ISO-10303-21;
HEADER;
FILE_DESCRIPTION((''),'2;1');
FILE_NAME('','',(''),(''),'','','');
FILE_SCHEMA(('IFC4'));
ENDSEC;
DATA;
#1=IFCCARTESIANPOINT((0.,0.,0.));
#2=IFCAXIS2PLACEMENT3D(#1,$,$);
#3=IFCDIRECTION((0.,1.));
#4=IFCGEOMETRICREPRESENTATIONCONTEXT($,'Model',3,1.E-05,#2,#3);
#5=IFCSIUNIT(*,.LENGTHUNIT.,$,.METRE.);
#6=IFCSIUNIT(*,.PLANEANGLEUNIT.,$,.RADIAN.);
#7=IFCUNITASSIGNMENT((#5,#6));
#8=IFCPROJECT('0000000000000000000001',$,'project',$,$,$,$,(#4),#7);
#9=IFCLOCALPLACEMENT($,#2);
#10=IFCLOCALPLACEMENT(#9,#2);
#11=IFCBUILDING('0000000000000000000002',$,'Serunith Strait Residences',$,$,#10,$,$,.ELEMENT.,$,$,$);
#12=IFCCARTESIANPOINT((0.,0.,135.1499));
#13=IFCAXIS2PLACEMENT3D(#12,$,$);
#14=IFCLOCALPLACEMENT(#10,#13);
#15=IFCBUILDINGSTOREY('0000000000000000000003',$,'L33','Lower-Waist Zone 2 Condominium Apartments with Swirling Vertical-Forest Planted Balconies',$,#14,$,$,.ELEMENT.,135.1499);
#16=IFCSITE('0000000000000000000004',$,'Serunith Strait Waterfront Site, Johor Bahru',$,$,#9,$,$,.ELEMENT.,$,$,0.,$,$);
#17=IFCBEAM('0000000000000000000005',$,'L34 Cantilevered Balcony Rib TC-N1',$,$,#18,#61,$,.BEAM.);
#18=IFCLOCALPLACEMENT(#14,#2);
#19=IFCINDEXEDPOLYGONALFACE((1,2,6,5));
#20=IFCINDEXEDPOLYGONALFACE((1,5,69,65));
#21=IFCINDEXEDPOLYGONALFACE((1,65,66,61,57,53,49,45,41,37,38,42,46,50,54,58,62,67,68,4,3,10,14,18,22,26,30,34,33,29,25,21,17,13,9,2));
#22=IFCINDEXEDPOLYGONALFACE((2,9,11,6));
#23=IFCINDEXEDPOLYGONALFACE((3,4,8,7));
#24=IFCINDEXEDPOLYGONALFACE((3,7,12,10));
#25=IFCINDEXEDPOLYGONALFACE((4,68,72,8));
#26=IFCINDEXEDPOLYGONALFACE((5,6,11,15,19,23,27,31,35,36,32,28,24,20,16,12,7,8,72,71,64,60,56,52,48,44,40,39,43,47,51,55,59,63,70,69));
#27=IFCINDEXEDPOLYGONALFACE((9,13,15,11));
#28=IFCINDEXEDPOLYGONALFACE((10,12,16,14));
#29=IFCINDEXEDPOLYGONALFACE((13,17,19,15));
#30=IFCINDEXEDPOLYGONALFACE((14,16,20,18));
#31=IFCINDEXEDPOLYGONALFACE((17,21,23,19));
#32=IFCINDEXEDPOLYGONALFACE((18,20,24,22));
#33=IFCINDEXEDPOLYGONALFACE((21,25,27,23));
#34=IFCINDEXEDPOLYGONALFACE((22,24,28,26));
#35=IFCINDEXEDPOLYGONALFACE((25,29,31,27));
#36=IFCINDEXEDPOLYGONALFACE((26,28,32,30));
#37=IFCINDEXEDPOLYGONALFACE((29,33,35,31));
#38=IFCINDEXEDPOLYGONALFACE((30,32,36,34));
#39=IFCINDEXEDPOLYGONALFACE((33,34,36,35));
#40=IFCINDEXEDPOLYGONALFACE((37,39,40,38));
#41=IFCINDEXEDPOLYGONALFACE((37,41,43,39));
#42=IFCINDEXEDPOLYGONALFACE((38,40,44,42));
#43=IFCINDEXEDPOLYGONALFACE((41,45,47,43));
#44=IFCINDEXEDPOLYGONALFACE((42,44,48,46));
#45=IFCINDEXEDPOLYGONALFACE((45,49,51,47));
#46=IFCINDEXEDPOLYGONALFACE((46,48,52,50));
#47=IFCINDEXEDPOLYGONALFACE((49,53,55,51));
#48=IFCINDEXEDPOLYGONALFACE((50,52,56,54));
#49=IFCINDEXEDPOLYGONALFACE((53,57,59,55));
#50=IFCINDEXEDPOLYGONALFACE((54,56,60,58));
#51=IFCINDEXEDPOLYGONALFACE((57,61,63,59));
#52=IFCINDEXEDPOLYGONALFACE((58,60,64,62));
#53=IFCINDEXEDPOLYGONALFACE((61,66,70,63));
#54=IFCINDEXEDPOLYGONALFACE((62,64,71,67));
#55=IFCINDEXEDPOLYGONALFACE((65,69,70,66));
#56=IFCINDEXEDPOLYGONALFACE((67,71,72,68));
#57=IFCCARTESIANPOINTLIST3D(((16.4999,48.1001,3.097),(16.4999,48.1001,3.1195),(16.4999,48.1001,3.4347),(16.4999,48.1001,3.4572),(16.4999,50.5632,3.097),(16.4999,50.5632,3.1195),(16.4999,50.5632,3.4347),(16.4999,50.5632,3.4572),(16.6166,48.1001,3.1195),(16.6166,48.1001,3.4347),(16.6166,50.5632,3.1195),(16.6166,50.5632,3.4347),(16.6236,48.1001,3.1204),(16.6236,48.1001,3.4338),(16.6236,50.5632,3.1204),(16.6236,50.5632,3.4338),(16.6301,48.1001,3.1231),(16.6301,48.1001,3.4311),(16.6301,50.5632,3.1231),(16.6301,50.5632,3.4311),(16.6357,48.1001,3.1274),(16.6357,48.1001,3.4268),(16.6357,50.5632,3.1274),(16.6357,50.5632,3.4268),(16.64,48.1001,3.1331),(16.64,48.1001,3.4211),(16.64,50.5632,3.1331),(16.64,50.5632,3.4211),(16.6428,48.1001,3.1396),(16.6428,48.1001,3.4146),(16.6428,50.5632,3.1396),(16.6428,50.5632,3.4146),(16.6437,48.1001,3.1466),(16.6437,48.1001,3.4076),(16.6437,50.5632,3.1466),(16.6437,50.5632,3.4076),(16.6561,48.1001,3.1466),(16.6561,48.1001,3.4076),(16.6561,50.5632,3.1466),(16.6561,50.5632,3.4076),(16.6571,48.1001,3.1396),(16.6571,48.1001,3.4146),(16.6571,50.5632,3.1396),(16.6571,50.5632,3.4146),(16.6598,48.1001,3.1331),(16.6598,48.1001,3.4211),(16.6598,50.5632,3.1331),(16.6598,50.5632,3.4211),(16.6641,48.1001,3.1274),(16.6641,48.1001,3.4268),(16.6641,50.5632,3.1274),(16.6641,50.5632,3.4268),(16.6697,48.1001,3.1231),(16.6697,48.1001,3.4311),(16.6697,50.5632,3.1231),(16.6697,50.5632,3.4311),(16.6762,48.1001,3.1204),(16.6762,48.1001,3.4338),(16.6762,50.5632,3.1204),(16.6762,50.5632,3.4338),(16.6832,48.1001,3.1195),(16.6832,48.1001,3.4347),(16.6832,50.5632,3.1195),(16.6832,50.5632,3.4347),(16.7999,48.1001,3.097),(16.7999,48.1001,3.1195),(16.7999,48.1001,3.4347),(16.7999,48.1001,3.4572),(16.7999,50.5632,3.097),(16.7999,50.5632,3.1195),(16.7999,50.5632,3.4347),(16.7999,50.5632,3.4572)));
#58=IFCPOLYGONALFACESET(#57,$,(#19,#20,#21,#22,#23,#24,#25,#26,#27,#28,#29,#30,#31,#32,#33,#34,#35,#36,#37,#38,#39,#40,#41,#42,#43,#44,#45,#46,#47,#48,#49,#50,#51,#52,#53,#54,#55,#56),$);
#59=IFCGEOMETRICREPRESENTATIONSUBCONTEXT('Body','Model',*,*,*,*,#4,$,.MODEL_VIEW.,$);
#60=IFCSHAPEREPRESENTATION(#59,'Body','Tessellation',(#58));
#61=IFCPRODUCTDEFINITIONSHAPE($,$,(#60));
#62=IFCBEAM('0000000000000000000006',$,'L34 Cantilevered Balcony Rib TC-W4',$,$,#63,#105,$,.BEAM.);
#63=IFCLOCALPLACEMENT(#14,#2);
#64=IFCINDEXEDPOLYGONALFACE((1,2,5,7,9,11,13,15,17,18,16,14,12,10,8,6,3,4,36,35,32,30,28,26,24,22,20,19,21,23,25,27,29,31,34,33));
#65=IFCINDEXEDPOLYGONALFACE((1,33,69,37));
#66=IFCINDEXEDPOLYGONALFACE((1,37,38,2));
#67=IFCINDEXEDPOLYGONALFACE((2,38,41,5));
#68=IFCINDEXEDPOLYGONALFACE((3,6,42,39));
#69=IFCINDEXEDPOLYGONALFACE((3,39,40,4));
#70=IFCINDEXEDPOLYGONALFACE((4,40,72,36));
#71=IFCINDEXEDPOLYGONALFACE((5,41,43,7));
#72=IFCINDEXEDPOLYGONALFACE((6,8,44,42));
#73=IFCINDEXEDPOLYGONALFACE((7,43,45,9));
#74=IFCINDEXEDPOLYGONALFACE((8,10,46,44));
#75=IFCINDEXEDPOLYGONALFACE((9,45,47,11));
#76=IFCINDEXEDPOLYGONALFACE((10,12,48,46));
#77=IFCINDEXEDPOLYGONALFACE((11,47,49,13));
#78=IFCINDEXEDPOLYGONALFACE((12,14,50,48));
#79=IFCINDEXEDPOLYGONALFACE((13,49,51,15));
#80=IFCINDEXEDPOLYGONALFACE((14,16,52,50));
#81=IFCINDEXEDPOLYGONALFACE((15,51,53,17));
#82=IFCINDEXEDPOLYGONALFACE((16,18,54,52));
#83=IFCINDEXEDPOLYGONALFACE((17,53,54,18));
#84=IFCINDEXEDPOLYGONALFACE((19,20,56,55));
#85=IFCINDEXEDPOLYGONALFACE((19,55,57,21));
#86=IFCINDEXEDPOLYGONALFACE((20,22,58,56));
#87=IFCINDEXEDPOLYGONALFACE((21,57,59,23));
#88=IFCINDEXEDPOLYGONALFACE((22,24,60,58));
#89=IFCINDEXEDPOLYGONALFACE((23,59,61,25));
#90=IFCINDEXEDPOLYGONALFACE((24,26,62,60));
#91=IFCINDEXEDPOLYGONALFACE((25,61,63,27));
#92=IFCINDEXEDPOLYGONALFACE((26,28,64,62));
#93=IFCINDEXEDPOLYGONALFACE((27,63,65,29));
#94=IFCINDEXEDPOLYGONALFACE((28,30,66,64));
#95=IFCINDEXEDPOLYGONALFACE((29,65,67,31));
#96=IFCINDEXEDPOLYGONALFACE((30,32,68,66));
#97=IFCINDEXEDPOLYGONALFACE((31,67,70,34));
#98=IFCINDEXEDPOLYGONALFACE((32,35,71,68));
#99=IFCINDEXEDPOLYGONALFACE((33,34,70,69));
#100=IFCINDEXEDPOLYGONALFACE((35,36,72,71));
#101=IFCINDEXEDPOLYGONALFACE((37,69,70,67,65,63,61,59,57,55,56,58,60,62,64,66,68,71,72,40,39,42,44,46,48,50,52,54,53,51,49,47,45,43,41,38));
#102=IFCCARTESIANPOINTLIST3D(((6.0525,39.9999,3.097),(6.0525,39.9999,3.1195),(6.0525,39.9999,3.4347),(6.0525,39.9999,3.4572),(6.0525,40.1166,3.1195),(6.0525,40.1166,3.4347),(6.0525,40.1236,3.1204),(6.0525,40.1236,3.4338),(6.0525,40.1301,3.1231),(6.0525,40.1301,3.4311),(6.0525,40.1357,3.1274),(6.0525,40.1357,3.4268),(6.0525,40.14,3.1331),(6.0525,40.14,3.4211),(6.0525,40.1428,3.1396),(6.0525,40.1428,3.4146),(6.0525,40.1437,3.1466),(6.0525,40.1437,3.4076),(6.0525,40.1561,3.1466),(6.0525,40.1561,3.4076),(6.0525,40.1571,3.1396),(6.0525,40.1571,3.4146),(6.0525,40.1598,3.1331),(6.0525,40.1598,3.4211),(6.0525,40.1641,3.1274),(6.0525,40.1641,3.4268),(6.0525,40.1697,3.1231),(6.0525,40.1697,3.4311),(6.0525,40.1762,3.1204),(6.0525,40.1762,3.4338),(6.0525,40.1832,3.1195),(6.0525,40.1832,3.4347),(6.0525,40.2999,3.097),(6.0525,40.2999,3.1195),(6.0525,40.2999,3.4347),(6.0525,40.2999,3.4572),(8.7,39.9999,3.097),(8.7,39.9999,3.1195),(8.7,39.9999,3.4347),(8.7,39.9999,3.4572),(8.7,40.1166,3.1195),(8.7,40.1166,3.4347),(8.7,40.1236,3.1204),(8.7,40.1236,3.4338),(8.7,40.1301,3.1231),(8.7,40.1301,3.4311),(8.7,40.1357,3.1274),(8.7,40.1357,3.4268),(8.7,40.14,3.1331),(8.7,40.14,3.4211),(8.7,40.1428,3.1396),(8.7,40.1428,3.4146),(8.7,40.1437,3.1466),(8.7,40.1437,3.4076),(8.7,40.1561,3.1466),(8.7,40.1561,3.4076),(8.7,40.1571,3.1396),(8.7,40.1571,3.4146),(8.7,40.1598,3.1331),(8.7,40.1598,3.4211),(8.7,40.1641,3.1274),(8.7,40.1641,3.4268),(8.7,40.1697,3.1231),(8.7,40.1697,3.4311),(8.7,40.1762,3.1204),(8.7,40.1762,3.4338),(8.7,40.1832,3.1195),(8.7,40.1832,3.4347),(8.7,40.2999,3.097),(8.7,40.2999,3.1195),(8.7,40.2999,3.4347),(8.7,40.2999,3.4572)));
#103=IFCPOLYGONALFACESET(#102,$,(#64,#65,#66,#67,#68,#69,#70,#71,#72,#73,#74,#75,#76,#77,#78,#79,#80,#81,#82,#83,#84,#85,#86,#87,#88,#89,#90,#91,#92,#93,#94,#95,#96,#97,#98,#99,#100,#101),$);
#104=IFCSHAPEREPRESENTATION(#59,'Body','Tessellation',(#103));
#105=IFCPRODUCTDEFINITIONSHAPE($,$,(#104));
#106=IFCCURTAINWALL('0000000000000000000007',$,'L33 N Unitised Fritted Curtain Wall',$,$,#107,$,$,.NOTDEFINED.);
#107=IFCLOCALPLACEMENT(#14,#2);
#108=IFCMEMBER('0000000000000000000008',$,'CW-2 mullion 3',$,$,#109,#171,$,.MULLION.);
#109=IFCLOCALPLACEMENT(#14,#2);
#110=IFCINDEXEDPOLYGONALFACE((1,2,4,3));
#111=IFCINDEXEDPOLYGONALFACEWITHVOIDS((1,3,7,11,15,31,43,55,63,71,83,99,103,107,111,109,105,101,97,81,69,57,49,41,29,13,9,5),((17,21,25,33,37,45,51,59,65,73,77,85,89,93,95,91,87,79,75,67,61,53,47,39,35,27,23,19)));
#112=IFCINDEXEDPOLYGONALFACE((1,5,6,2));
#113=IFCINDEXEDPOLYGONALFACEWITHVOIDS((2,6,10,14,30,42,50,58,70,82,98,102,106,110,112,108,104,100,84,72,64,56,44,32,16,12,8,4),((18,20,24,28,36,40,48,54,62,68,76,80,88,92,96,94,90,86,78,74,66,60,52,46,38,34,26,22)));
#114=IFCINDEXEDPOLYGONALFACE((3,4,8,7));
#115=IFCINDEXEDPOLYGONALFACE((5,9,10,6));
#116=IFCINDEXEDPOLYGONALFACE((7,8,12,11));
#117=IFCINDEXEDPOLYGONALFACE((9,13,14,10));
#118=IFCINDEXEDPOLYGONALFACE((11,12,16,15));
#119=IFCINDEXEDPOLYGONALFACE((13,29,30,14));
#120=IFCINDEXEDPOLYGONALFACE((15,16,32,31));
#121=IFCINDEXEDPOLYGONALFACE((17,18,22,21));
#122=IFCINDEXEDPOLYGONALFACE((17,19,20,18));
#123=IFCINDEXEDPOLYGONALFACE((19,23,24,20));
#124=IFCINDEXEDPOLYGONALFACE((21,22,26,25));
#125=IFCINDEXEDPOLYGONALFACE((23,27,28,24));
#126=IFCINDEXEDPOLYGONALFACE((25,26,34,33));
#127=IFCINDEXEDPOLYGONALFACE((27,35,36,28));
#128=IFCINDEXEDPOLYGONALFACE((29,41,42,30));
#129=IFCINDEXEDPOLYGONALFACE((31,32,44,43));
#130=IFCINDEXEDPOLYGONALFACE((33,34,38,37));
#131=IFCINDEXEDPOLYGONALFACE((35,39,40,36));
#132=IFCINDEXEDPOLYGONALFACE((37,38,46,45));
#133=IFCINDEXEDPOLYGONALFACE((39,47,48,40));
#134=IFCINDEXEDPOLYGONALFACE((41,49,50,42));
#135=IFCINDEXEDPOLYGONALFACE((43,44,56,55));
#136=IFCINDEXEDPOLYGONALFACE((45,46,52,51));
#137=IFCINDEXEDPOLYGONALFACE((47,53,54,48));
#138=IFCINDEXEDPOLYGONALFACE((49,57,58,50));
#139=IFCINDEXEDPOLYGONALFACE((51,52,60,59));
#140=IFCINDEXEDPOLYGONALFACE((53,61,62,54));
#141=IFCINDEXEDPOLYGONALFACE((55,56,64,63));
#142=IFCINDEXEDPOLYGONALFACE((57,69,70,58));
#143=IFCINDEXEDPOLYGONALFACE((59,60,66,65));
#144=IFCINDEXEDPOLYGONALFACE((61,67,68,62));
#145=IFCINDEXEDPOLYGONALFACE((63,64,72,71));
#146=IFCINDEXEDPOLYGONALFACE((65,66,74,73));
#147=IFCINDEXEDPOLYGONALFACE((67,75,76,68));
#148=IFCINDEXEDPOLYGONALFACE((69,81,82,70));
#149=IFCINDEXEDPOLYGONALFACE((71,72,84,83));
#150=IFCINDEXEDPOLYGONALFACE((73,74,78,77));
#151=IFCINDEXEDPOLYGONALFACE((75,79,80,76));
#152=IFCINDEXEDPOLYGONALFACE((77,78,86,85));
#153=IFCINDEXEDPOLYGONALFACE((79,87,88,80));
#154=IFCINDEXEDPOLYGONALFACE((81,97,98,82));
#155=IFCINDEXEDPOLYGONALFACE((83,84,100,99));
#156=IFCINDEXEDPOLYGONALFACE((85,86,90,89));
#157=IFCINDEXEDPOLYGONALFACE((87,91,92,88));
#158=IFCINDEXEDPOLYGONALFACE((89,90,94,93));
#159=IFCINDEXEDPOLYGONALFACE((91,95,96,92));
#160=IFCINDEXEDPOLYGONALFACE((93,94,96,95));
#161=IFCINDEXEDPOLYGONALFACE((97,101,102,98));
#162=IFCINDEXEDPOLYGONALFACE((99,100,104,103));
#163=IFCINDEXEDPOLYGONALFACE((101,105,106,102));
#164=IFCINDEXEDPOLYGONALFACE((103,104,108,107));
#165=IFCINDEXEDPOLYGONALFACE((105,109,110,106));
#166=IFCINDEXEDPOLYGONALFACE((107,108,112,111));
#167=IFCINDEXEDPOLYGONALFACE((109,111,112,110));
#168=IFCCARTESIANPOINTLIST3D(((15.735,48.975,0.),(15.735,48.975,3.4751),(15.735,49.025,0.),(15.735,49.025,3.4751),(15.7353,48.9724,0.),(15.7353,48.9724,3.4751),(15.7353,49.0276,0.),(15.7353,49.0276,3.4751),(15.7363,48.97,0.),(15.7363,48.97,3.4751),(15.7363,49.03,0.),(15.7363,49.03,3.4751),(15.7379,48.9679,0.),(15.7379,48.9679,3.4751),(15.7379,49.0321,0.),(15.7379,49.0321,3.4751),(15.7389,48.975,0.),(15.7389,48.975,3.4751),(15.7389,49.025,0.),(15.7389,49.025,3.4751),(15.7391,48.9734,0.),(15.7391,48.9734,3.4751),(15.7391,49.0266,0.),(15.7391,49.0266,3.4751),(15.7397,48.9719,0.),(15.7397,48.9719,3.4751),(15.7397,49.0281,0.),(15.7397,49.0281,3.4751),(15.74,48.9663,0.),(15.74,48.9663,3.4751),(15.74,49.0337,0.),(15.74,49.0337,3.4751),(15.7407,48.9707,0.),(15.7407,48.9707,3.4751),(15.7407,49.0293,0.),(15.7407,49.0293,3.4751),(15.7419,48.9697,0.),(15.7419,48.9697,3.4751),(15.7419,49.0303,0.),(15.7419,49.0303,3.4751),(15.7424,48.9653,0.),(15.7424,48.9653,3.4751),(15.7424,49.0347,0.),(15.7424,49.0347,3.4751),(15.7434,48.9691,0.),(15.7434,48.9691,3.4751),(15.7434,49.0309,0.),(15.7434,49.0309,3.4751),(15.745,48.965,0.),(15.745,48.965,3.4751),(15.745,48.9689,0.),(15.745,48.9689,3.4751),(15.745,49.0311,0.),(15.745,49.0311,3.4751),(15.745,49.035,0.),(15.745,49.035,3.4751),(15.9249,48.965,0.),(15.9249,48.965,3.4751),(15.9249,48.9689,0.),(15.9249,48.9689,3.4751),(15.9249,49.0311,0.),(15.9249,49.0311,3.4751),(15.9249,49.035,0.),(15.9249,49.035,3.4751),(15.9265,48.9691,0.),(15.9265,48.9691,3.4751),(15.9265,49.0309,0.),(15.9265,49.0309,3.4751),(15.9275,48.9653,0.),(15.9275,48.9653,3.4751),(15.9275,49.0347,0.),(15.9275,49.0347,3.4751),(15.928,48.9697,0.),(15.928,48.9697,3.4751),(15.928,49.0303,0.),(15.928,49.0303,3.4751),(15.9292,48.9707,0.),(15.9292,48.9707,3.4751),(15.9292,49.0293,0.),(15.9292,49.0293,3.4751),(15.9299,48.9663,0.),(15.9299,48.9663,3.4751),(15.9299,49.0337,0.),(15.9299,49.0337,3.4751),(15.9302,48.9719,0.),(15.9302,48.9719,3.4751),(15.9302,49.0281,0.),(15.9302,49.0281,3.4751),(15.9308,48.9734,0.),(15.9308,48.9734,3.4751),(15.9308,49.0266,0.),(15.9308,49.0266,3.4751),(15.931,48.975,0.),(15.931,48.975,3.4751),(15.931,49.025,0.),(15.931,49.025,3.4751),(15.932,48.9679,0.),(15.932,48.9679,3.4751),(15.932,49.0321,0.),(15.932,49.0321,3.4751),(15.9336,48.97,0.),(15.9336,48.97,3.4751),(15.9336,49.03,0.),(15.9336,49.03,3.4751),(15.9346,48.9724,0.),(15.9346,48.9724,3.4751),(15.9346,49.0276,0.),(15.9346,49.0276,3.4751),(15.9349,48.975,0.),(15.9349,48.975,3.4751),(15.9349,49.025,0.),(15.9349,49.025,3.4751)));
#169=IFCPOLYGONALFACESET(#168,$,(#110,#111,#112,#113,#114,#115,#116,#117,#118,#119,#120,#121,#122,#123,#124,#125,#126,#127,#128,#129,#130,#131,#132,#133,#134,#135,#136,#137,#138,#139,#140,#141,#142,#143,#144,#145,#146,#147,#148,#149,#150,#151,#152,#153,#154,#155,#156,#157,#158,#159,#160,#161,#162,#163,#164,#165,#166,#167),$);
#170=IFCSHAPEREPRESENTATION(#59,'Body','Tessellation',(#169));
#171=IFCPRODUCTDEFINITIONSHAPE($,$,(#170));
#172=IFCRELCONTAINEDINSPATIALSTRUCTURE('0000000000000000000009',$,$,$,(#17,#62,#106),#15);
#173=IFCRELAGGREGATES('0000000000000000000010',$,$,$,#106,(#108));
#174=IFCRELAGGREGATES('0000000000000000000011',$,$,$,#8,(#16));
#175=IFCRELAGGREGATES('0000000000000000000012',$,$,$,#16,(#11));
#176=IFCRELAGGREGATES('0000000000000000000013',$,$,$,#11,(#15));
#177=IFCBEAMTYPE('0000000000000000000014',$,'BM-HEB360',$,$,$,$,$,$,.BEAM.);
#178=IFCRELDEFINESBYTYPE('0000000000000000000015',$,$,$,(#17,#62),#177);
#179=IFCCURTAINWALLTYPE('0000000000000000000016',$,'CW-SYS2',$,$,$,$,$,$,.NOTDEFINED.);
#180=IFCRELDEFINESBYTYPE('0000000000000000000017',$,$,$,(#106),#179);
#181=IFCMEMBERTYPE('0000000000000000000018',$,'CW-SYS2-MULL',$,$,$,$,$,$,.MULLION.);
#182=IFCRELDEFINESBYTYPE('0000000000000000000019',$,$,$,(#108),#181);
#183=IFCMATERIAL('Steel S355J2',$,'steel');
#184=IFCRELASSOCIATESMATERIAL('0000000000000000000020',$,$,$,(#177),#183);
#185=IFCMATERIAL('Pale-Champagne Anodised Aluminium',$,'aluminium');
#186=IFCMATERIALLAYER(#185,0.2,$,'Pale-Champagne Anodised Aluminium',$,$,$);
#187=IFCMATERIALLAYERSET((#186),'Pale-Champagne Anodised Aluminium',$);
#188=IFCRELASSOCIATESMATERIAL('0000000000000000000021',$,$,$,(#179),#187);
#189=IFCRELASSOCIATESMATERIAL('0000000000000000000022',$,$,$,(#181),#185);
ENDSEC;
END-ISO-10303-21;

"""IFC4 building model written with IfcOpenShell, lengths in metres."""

from ifc_helpers import new_model, si_unit, direction, frame, origin, origin_2d, place, context, subcontext, project, spatial, hollow_rectangle, i_section, extrude, source, transform, mapped, material, layer, layer_set, material_profile, profile_set, type_object, element, aggregate, save


model = new_model("IFC4")

# Units and contexts
model_context = context("Model", 3, precision=1e-05, world=origin(), true_north=direction((0.0, 1.0)))
body_context = subcontext(model_context, "Body", "Model", "MODEL_VIEW")
ifc_project = project(units=[si_unit("LENGTHUNIT", "METRE"), si_unit("PLANEANGLEUNIT", "RADIAN")], contexts=[model_context])

# Site, building, storey
site_placement = place(None, origin())
site = spatial("IfcSite", under=ifc_project, at=site_placement, Name="Serunith Strait Waterfront Site, Johor Bahru", CompositionType="ELEMENT", RefElevation=0.0)
building_placement = place(site_placement, origin())
building = spatial("IfcBuilding", under=site, at=building_placement, Name="Serunith Strait Residences", CompositionType="ELEMENT")
storey_placement = place(building_placement, frame((0.0, 0.0, 135.1499)))
storey = spatial("IfcBuildingStorey", under=building, at=storey_placement, Name="L33", Description="Lower-Waist Zone 2 Condominium Apartments with Swirling Vertical-Forest Planted Balconies", CompositionType="ELEMENT", Elevation=135.1499)

# Beams
ifc_material_1 = material(Name="Steel S355J2", Category="steel")
ifc_material_profile_1 = material_profile(ifc_material_1, i_section(OverallWidth=0.3, OverallDepth=0.3601, WebThickness=0.0125, FlangeThickness=0.0225, FilletRadius=0.0271, at=origin_2d()), Name="HEB 360")
ifc_profile_set_1 = profile_set([ifc_material_profile_1], Name="Steel S355J2")
beam_type_1 = type_object("IfcBeamType", Name="BM-HEB360", PredefinedType="BEAM", material=ifc_profile_set_1)
shared_shape_1 = source(origin(), body_context, "Body", "SweptSolid", [
    extrude(i_section(OverallWidth=0.3, OverallDepth=0.3601, WebThickness=0.0125, FlangeThickness=0.0225, FilletRadius=0.0271, at=origin_2d()), origin(), (0.0, 0.0, 1.0), 2.4631),
])
beam_1_placement = place(storey_placement, frame((16.6499, 48.1001, 3.2771), z_axis=(0.0, 1.0, 0.0), x_axis=(-1.0, 0.0, 0.0)))
element("IfcBeam", 1, at=beam_1_placement, inside=storey, type_object=beam_type_1, Name="L34 Cantilevered Balcony Rib TC-N1", PredefinedType="BEAM", context=body_context, shape_type="MappedRepresentation", body=[
    mapped(shared_shape_1, transform((0.0, 0.0, 0.0), scale=1.0)),
])
shared_shape_2 = source(origin(), body_context, "Body", "SweptSolid", [
    extrude(i_section(OverallWidth=0.3, OverallDepth=0.3601, WebThickness=0.0125, FlangeThickness=0.0225, FilletRadius=0.0271, at=origin_2d()), origin(), (0.0, 0.0, 1.0), 2.6475),
])
beam_2_placement = place(storey_placement, frame((8.7, 40.1499, 3.2771), z_axis=(-1.0, 0.0, 0.0), x_axis=(0.0, -1.0, 0.0)))
element("IfcBeam", 2, at=beam_2_placement, inside=storey, type_object=beam_type_1, Name="L34 Cantilevered Balcony Rib TC-W4", PredefinedType="BEAM", context=body_context, shape_type="MappedRepresentation", body=[
    mapped(shared_shape_2, transform((0.0, 0.0, 0.0), scale=1.0)),
])

# Curtain wall, member
ifc_material_2 = material(Name="Pale-Champagne Anodised Aluminium", Category="aluminium")
ifc_layer_1 = layer(ifc_material_2, 0.2, Name="Pale-Champagne Anodised Aluminium")
ifc_layer_set_1 = layer_set([ifc_layer_1], Name="Pale-Champagne Anodised Aluminium")
curtain_wall_type = type_object("IfcCurtainWallType", Name="CW-SYS2", PredefinedType="NOTDEFINED", material=ifc_layer_set_1)
curtain_wall_1_placement = place(storey_placement, origin())
curtain_wall_1 = element("IfcCurtainWall", 3, at=curtain_wall_1_placement, inside=storey, type_object=curtain_wall_type, Name="L33 N Unitised Fritted Curtain Wall", PredefinedType="NOTDEFINED")
ifc_material_profile_2 = material_profile(ifc_material_2, hollow_rectangle(XDim=0.0701, YDim=0.2, WallThickness=0.0039, InnerFilletRadius=0.0061, OuterFilletRadius=0.01, at=origin_2d()), Name="ALU 200x70x4")
ifc_profile_set_2 = profile_set([ifc_material_profile_2], Name="Pale-Champagne Anodised Aluminium")
member_type_1 = type_object("IfcMemberType", Name="CW-SYS2-MULL", PredefinedType="MULLION", material=ifc_profile_set_2)
shared_shape_3 = source(origin(), body_context, "Body", "SweptSolid", [
    extrude(hollow_rectangle(XDim=0.0701, YDim=0.2, WallThickness=0.0039, InnerFilletRadius=0.0061, OuterFilletRadius=0.01, at=origin_2d()), origin(), (0.0, 0.0, 1.0), 3.4751),
])
member_1_placement = place(storey_placement, frame((15.835, 49.0, 0.0), z_axis=(0.0, 0.0, 1.0), x_axis=(0.0, -1.0, 0.0)))
member_1 = element("IfcMember", 4, at=member_1_placement, type_object=member_type_1, Name="CW-2 mullion 3", PredefinedType="MULLION", context=body_context, shape_type="MappedRepresentation", body=[
    mapped(shared_shape_3, transform((0.0, 0.0, 0.0), scale=1.0)),
])

aggregate(curtain_wall_1, [member_1])

save(model, "model.ifc")
